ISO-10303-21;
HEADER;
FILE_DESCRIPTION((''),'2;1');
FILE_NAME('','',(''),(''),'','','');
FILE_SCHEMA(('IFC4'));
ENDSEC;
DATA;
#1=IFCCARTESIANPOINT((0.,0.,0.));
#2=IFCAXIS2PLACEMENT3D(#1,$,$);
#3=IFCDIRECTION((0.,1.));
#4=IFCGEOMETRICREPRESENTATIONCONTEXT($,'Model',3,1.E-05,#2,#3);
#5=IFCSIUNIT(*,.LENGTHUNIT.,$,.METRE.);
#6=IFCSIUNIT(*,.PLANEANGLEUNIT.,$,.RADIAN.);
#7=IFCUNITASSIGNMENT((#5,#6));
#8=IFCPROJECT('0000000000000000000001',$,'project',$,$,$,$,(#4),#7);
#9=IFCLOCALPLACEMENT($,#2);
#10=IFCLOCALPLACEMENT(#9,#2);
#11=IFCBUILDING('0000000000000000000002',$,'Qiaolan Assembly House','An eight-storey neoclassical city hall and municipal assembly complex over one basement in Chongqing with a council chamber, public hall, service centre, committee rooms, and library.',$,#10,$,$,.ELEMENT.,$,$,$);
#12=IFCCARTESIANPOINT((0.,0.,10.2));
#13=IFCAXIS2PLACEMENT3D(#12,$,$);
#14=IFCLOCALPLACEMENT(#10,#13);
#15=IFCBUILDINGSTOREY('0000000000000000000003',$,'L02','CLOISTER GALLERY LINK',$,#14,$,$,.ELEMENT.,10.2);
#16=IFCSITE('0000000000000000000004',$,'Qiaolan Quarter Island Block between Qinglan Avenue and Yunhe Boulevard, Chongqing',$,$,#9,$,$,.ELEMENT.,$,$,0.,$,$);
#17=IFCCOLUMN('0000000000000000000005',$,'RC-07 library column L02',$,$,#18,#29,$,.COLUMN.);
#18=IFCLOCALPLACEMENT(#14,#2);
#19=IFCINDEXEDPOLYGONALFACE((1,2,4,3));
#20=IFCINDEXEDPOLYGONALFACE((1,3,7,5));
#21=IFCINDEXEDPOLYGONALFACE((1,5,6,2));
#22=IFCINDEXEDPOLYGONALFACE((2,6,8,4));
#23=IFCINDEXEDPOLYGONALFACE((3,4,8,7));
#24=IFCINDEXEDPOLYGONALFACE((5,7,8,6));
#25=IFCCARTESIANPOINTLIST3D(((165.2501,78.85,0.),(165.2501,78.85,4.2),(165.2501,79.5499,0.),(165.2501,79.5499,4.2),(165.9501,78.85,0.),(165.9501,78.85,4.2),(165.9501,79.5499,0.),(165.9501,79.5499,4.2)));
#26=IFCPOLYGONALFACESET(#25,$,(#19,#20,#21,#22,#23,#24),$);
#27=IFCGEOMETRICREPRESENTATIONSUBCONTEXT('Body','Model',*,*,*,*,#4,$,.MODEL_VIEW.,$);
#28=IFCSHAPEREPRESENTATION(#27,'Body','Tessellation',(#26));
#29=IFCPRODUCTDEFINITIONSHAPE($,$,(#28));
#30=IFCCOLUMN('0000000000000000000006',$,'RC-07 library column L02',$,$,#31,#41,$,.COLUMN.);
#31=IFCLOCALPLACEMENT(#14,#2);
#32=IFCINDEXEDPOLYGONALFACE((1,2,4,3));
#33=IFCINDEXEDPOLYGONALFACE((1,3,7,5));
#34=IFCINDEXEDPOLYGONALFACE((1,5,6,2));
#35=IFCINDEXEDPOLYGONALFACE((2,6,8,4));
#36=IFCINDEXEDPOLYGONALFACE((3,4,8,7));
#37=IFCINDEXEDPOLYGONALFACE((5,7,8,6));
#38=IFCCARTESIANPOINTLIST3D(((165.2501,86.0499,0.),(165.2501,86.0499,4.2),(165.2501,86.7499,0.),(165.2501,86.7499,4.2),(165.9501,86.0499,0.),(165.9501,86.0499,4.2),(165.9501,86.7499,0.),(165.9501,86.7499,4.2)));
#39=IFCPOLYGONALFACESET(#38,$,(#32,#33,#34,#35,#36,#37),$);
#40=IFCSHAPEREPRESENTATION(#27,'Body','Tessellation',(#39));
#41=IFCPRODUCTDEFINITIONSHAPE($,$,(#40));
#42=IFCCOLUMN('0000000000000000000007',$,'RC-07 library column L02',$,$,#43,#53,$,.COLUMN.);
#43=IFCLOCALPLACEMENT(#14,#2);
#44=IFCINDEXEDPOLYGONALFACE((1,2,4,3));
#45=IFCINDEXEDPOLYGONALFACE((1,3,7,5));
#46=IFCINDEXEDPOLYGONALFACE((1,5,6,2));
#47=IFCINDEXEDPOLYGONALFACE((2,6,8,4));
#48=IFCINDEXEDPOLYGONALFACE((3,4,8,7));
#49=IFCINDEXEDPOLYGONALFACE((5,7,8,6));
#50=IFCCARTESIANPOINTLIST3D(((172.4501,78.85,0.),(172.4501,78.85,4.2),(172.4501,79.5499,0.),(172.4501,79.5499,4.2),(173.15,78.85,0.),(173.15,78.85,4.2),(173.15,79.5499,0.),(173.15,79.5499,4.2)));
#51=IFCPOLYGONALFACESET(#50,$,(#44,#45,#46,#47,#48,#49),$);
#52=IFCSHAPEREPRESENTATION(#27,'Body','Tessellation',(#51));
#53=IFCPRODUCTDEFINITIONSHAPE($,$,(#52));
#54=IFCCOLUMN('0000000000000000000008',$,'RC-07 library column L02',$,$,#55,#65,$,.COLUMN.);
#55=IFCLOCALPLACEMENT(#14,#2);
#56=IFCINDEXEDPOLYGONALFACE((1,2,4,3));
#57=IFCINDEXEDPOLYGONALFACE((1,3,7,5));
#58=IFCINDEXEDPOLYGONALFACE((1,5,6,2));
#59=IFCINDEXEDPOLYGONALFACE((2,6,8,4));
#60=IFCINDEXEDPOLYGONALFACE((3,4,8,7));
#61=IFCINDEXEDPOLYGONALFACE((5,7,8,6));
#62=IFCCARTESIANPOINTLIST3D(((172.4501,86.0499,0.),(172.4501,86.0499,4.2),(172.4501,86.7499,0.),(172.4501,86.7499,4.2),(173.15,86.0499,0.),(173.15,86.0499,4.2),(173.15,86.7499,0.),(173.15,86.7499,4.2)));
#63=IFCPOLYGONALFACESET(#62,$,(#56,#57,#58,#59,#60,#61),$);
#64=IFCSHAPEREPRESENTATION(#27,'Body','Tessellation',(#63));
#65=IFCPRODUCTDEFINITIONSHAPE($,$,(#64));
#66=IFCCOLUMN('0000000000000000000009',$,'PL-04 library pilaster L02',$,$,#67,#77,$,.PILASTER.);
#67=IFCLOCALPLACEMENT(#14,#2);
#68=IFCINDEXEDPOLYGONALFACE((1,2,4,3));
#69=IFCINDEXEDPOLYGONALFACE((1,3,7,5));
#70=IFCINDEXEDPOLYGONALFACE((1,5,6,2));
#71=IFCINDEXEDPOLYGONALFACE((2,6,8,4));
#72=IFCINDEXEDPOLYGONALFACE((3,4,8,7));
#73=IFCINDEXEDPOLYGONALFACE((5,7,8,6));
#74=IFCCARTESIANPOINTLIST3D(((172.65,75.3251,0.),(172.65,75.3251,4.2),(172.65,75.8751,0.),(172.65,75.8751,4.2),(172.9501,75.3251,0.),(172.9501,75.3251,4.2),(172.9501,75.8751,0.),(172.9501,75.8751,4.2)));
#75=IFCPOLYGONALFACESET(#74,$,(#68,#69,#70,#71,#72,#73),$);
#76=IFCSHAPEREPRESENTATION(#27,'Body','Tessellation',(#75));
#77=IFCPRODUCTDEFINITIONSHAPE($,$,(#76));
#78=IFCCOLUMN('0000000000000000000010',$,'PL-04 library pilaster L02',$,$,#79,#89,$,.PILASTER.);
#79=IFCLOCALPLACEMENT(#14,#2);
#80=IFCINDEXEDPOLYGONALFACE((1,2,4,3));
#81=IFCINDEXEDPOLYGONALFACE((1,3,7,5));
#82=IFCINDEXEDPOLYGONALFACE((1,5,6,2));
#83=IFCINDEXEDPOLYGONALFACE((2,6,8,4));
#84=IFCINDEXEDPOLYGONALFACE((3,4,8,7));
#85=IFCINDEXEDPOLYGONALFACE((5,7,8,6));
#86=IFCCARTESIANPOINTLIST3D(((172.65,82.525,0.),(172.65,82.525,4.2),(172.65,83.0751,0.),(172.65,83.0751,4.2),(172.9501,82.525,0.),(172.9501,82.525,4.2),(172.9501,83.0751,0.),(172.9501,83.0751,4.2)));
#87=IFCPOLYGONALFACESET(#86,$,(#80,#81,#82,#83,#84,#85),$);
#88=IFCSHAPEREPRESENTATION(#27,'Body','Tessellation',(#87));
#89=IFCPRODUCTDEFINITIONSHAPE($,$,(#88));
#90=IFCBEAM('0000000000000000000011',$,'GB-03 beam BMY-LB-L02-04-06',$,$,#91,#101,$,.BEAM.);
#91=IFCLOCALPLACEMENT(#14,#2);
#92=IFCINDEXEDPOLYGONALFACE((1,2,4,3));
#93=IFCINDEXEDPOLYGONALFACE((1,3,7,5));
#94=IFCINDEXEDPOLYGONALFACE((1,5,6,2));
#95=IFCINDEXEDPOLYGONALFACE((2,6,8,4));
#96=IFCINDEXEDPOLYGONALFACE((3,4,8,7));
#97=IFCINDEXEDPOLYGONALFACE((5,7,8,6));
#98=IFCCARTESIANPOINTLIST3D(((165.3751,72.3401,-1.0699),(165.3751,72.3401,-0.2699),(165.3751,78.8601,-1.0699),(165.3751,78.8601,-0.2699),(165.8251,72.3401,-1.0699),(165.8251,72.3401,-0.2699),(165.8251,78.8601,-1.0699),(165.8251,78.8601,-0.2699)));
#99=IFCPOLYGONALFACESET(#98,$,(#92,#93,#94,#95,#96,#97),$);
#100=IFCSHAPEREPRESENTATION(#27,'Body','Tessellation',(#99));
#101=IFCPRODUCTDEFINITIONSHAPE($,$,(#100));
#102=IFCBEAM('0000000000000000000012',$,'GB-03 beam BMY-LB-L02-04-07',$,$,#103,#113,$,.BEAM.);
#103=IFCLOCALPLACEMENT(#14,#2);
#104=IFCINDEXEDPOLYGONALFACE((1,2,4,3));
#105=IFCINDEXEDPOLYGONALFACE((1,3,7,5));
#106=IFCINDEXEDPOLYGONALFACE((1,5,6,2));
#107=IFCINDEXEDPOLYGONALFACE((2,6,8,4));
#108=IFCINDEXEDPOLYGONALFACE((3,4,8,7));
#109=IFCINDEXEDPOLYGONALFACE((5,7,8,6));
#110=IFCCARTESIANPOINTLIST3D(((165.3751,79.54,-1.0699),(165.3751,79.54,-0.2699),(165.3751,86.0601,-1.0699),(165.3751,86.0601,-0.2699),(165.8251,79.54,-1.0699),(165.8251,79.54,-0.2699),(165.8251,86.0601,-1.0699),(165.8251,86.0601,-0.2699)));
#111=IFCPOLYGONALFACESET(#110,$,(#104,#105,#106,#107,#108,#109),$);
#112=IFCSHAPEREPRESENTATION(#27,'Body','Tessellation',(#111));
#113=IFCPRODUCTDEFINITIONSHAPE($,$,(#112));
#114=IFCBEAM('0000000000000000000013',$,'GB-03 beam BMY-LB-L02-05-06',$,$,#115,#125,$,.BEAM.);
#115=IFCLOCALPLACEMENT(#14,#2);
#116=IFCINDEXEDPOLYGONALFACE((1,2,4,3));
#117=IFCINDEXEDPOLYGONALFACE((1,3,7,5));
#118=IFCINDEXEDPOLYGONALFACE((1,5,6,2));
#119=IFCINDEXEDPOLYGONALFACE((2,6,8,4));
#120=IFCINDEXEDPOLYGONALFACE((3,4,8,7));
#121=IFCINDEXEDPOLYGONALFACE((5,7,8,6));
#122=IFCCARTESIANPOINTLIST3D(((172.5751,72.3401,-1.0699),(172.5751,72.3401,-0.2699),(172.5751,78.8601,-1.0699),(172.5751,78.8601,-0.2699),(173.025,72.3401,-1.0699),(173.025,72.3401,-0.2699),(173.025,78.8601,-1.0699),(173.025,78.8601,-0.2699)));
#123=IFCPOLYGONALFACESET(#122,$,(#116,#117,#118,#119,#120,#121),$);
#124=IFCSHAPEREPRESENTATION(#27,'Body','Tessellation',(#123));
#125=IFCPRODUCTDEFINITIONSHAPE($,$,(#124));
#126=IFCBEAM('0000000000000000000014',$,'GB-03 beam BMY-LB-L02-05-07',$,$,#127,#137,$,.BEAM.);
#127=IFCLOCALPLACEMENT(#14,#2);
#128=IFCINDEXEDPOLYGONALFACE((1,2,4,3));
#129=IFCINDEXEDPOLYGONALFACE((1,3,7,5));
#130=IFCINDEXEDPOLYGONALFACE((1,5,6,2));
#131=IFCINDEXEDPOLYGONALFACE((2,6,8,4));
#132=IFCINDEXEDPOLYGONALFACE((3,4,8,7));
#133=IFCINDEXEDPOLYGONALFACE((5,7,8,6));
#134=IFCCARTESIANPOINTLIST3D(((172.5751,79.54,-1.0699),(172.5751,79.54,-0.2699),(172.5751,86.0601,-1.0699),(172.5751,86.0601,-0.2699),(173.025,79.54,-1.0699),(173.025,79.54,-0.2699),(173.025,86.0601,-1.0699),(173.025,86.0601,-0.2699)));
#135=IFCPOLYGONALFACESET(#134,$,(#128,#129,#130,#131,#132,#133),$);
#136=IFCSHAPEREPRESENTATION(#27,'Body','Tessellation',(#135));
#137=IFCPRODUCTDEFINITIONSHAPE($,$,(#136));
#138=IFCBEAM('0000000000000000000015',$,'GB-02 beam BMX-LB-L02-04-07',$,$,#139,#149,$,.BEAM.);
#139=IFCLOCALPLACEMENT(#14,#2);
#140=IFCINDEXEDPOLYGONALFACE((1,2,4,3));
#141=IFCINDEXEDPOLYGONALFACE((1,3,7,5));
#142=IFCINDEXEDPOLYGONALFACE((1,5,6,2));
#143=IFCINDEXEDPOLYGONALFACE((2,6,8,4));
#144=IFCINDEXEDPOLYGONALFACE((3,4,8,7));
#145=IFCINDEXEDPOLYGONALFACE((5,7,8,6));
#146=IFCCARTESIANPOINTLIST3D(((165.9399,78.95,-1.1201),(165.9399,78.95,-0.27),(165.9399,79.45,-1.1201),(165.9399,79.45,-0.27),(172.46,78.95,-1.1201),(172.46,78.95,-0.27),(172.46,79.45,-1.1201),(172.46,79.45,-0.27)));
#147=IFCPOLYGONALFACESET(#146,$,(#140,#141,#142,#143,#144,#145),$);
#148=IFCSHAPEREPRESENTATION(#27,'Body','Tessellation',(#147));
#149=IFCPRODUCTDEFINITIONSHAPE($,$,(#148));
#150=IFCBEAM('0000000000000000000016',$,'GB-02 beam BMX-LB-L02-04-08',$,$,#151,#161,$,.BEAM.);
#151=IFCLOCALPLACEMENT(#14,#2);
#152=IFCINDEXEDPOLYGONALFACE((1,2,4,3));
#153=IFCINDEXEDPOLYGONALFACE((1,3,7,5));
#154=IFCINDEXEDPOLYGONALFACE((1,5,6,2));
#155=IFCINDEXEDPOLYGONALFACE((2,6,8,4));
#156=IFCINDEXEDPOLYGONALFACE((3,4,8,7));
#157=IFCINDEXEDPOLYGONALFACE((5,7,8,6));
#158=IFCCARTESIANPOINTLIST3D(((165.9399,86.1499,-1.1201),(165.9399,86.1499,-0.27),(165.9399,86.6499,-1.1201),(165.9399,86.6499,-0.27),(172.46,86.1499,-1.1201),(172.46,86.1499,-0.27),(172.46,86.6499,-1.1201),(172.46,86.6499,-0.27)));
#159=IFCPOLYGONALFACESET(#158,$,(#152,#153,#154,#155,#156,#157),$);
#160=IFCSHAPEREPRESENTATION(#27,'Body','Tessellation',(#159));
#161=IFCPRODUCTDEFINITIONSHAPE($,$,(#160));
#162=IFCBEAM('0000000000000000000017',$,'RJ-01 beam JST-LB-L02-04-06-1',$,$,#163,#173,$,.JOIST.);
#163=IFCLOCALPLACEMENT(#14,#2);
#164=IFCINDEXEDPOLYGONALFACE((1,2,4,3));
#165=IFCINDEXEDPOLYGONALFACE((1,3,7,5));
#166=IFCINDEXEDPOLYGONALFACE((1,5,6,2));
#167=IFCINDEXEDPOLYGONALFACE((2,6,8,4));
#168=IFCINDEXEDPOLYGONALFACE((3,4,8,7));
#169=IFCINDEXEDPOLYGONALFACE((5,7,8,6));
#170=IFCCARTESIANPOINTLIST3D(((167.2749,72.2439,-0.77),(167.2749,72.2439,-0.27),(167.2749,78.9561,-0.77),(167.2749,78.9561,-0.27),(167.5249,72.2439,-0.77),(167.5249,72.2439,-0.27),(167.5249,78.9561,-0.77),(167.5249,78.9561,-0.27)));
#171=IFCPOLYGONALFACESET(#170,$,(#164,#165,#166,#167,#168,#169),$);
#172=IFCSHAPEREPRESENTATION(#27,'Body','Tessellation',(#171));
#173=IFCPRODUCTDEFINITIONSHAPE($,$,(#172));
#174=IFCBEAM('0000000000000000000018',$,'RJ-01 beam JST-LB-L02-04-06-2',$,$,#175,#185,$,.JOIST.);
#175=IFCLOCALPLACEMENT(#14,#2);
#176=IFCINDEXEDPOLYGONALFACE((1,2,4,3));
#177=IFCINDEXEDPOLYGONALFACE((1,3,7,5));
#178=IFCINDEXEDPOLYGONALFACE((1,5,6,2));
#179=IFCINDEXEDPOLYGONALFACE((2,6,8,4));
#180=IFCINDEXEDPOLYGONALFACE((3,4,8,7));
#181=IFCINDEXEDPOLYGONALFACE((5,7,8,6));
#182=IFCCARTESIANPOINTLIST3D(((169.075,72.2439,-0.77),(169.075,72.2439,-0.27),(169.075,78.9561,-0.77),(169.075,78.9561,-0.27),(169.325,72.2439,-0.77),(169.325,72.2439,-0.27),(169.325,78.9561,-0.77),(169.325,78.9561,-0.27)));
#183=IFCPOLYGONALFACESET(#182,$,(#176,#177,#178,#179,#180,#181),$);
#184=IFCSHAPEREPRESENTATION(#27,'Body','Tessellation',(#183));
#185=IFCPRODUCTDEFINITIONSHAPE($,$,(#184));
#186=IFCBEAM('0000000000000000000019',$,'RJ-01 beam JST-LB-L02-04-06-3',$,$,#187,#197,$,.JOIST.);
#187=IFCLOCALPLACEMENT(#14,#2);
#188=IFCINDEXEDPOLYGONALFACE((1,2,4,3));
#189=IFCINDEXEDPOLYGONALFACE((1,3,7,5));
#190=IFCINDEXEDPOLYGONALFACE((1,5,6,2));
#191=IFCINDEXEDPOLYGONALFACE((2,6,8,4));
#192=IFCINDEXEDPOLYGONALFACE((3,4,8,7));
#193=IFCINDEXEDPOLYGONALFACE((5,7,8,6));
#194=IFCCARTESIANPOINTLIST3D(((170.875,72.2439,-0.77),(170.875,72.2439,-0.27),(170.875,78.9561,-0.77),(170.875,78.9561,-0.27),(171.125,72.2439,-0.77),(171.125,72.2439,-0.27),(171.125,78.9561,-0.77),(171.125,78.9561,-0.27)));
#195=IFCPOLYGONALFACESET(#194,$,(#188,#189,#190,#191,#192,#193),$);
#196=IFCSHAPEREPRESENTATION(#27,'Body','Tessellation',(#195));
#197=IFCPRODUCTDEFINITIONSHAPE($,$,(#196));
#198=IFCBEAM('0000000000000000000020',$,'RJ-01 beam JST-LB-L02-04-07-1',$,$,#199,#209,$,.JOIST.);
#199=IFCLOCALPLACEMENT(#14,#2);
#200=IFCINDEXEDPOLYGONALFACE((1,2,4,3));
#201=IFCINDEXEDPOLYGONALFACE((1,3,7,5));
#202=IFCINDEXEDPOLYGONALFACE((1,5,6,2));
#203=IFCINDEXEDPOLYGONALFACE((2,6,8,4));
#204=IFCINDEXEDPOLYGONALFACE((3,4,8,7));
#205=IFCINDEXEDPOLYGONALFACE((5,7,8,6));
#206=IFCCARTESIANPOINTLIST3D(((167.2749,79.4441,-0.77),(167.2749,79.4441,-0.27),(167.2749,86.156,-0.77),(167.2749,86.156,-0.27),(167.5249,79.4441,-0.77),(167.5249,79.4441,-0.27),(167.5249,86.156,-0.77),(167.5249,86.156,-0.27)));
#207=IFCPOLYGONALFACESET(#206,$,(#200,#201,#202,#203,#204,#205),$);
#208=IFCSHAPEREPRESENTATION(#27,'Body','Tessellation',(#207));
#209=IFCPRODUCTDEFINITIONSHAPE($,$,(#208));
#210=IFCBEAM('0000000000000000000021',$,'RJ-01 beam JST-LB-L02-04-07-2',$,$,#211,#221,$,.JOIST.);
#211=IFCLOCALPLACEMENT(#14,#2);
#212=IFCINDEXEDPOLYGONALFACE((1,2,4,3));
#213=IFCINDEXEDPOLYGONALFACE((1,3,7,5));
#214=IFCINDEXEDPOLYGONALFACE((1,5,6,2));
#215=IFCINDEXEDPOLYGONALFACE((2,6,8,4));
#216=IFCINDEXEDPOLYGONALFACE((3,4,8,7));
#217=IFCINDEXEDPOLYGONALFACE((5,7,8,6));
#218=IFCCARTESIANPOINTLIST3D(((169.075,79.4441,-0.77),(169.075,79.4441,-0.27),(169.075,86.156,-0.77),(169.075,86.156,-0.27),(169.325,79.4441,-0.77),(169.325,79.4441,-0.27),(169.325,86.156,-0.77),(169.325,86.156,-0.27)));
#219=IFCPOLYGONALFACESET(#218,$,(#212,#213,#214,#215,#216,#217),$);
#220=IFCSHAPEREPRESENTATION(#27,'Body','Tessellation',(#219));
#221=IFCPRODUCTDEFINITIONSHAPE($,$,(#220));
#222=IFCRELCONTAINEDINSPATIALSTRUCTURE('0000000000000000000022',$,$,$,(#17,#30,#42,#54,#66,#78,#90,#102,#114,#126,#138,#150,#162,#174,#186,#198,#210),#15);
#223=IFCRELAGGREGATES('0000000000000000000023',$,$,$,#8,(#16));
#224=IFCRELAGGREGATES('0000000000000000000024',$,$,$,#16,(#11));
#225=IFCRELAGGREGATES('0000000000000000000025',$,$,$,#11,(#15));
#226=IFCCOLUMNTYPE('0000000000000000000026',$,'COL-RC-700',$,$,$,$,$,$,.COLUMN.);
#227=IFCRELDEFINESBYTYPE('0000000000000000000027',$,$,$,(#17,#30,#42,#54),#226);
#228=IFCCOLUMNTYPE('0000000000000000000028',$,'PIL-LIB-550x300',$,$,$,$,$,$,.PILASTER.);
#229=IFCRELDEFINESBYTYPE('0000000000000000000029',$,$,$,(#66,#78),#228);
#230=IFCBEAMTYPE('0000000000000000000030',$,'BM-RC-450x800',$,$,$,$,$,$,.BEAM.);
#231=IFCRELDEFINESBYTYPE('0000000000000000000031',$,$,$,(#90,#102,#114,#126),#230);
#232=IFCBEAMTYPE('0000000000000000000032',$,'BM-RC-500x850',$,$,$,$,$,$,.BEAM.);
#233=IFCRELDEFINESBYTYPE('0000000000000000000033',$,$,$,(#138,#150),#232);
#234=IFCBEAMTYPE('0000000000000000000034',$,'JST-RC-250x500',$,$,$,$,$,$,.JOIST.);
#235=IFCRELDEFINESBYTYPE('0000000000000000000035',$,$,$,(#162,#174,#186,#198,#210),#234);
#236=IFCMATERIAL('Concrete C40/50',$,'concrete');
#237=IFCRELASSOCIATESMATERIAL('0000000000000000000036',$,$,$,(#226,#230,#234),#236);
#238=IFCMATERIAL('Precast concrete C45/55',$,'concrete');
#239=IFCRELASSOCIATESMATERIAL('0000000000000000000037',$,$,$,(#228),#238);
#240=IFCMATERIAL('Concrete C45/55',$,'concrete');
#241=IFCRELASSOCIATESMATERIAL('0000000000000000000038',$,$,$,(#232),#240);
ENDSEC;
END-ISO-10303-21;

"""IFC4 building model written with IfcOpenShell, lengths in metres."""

from ifc_helpers import new_model, si_unit, direction, frame, origin, origin_2d, place, context, subcontext, project, spatial, rectangle, extrude, material, material_profile, profile_set, type_object, element, save


model = new_model("IFC4")

# Units and contexts
model_context = context("Model", 3, precision=1e-05, world=origin(), true_north=direction((0.0, 1.0)))
body_context = subcontext(model_context, "Body", "Model", "MODEL_VIEW")
ifc_project = project(units=[si_unit("LENGTHUNIT", "METRE"), si_unit("PLANEANGLEUNIT", "RADIAN")], contexts=[model_context])

# Site, building, storey
site_placement = place(None, origin())
site = spatial("IfcSite", under=ifc_project, at=site_placement, Name="Qiaolan Quarter Island Block between Qinglan Avenue and Yunhe Boulevard, Chongqing", CompositionType="ELEMENT", RefElevation=0.0)
building_placement = place(site_placement, origin())
building = spatial("IfcBuilding", under=site, at=building_placement, Name="Qiaolan Assembly House", Description="An eight-storey neoclassical city hall and municipal assembly complex over one basement in Chongqing with a council chamber, public hall, service centre, committee rooms, and library.", CompositionType="ELEMENT")
storey_placement = place(building_placement, frame((0.0, 0.0, 10.2)))
storey = spatial("IfcBuildingStorey", under=building, at=storey_placement, Name="L02", Description="CLOISTER GALLERY LINK", CompositionType="ELEMENT", Elevation=10.2)

# Columns
ifc_material_1 = material(Name="Concrete C40/50", Category="concrete")
ifc_material_profile_1 = material_profile(ifc_material_1, rectangle(XDim=0.7, YDim=0.7, at=origin_2d()), Name="RC 700x700")
ifc_profile_set_1 = profile_set([ifc_material_profile_1], Name="Concrete C40/50")
column_type_1 = type_object("IfcColumnType", Name="COL-RC-700", PredefinedType="COLUMN", material=ifc_profile_set_1)
for number, where, z_axis, x_axis, name in (
    (1, (165.6001, 79.2, 0.0), (0.0, 0.0, 1.0), (1.0, 0.0, 0.0), "RC-07 library column L02"),
    (2, (165.6001, 86.3999, 0.0), (0.0, 0.0, 1.0), (1.0, 0.0, 0.0), "RC-07 library column L02"),
    (3, (172.8, 79.2, 0.0), (0.0, 0.0, 1.0), (1.0, 0.0, 0.0), "RC-07 library column L02"),
    (4, (172.8, 86.3999, 0.0), (0.0, 0.0, 1.0), (1.0, 0.0, 0.0), "RC-07 library column L02"),
):
    element("IfcColumn", number, at=place(storey_placement, frame(where, z_axis=z_axis, x_axis=x_axis)), inside=storey, type_object=column_type_1, Name=name, PredefinedType="COLUMN", context=body_context, shape_type="SweptSolid", body=[
        extrude(rectangle(XDim=0.7, YDim=0.7, at=origin_2d()), origin(), (0.0, 0.0, 1.0), 4.2),
    ])
ifc_material_2 = material(Name="Precast concrete C45/55", Category="concrete")
ifc_material_profile_2 = material_profile(ifc_material_2, rectangle(XDim=0.55, YDim=0.3, at=origin_2d()), Name="PIL 550x300")
ifc_profile_set_2 = profile_set([ifc_material_profile_2], Name="Precast concrete C45/55")
column_type_2 = type_object("IfcColumnType", Name="PIL-LIB-550x300", PredefinedType="PILASTER", material=ifc_profile_set_2)
for number, where, z_axis, x_axis, name in (
    (5, (172.8, 75.6001, 0.0), (0.0, 0.0, 1.0), (0.0, 1.0, 0.0), "PL-04 library pilaster L02"),
    (6, (172.8, 82.8, 0.0), (0.0, 0.0, 1.0), (0.0, 1.0, 0.0), "PL-04 library pilaster L02"),
):
    element("IfcColumn", number, at=place(storey_placement, frame(where, z_axis=z_axis, x_axis=x_axis)), inside=storey, type_object=column_type_2, Name=name, PredefinedType="PILASTER", context=body_context, shape_type="SweptSolid", body=[
        extrude(rectangle(XDim=0.55, YDim=0.3, at=origin_2d()), origin(), (0.0, 0.0, 1.0), 4.2),
    ])

# Beams
ifc_material_profile_3 = material_profile(ifc_material_1, rectangle(XDim=0.45, YDim=0.8, at=origin_2d()), Name="RCB 450x800")
ifc_profile_set_3 = profile_set([ifc_material_profile_3], Name="Concrete C40/50")
beam_type_1 = type_object("IfcBeamType", Name="BM-RC-450x800", PredefinedType="BEAM", material=ifc_profile_set_3)
for number, where, z_axis, x_axis, name in (
    (7, (165.6001, 72.3401, -0.6699), (0.0, 1.0, 0.0), (-1.0, 0.0, 0.0), "GB-03 beam BMY-LB-L02-04-06"),
    (8, (165.6001, 79.54, -0.6699), (0.0, 1.0, 0.0), (-1.0, 0.0, 0.0), "GB-03 beam BMY-LB-L02-04-07"),
    (9, (172.8, 72.3401, -0.6699), (0.0, 1.0, 0.0), (-1.0, 0.0, 0.0), "GB-03 beam BMY-LB-L02-05-06"),
    (10, (172.8, 79.54, -0.6699), (0.0, 1.0, 0.0), (-1.0, 0.0, 0.0), "GB-03 beam BMY-LB-L02-05-07"),
):
    element("IfcBeam", number, at=place(storey_placement, frame(where, z_axis=z_axis, x_axis=x_axis)), inside=storey, type_object=beam_type_1, Name=name, PredefinedType="BEAM", context=body_context, shape_type="SweptSolid", body=[
        extrude(rectangle(XDim=0.45, YDim=0.8, at=origin_2d()), origin(), (0.0, 0.0, 1.0), 6.52),
    ])
ifc_material_3 = material(Name="Concrete C45/55", Category="concrete")
ifc_material_profile_4 = material_profile(ifc_material_3, rectangle(XDim=0.5, YDim=0.8501, at=origin_2d()), Name="RCB 500x850")
ifc_profile_set_4 = profile_set([ifc_material_profile_4], Name="Concrete C45/55")
beam_type_2 = type_object("IfcBeamType", Name="BM-RC-500x850", PredefinedType="BEAM", material=ifc_profile_set_4)
for number, where, z_axis, x_axis, name in (
    (11, (165.9399, 79.2, -0.6951), (1.0, 0.0, 0.0), (0.0, 1.0, 0.0), "GB-02 beam BMX-LB-L02-04-07"),
    (12, (165.9399, 86.3999, -0.6951), (1.0, 0.0, 0.0), (0.0, 1.0, 0.0), "GB-02 beam BMX-LB-L02-04-08"),
):
    element("IfcBeam", number, at=place(storey_placement, frame(where, z_axis=z_axis, x_axis=x_axis)), inside=storey, type_object=beam_type_2, Name=name, PredefinedType="BEAM", context=body_context, shape_type="SweptSolid", body=[
        extrude(rectangle(XDim=0.5, YDim=0.8501, at=origin_2d()), origin(), (0.0, 0.0, 1.0), 6.52),
    ])
ifc_material_profile_5 = material_profile(ifc_material_1, rectangle(XDim=0.25, YDim=0.5, at=origin_2d()), Name="RCB 250x500")
ifc_profile_set_5 = profile_set([ifc_material_profile_5], Name="Concrete C40/50")
beam_type_3 = type_object("IfcBeamType", Name="JST-RC-250x500", PredefinedType="JOIST", material=ifc_profile_set_5)
for number, where, z_axis, x_axis, name in (
    (13, (167.3999, 72.2439, -0.52), (0.0, 1.0, 0.0), (-1.0, 0.0, 0.0), "RJ-01 beam JST-LB-L02-04-06-1"),
    (14, (169.2, 72.2439, -0.52), (0.0, 1.0, 0.0), (-1.0, 0.0, 0.0), "RJ-01 beam JST-LB-L02-04-06-2"),
    (15, (171.0, 72.2439, -0.52), (0.0, 1.0, 0.0), (-1.0, 0.0, 0.0), "RJ-01 beam JST-LB-L02-04-06-3"),
):
    element("IfcBeam", number, at=place(storey_placement, frame(where, z_axis=z_axis, x_axis=x_axis)), inside=storey, type_object=beam_type_3, Name=name, PredefinedType="JOIST", context=body_context, shape_type="SweptSolid", body=[
        extrude(rectangle(XDim=0.25, YDim=0.5, at=origin_2d()), origin(), (0.0, 0.0, 1.0), 6.7122),
    ])
for number, where, z_axis, x_axis, name in (
    (16, (167.3999, 79.4441, -0.52), (0.0, 1.0, 0.0), (-1.0, 0.0, 0.0), "RJ-01 beam JST-LB-L02-04-07-1"),
    (17, (169.2, 79.4441, -0.52), (0.0, 1.0, 0.0), (-1.0, 0.0, 0.0), "RJ-01 beam JST-LB-L02-04-07-2"),
):
    element("IfcBeam", number, at=place(storey_placement, frame(where, z_axis=z_axis, x_axis=x_axis)), inside=storey, type_object=beam_type_3, Name=name, PredefinedType="JOIST", context=body_context, shape_type="SweptSolid", body=[
        extrude(rectangle(XDim=0.25, YDim=0.5, at=origin_2d()), origin(), (0.0, 0.0, 1.0), 6.7119),
    ])

save(model, "model.ifc")
